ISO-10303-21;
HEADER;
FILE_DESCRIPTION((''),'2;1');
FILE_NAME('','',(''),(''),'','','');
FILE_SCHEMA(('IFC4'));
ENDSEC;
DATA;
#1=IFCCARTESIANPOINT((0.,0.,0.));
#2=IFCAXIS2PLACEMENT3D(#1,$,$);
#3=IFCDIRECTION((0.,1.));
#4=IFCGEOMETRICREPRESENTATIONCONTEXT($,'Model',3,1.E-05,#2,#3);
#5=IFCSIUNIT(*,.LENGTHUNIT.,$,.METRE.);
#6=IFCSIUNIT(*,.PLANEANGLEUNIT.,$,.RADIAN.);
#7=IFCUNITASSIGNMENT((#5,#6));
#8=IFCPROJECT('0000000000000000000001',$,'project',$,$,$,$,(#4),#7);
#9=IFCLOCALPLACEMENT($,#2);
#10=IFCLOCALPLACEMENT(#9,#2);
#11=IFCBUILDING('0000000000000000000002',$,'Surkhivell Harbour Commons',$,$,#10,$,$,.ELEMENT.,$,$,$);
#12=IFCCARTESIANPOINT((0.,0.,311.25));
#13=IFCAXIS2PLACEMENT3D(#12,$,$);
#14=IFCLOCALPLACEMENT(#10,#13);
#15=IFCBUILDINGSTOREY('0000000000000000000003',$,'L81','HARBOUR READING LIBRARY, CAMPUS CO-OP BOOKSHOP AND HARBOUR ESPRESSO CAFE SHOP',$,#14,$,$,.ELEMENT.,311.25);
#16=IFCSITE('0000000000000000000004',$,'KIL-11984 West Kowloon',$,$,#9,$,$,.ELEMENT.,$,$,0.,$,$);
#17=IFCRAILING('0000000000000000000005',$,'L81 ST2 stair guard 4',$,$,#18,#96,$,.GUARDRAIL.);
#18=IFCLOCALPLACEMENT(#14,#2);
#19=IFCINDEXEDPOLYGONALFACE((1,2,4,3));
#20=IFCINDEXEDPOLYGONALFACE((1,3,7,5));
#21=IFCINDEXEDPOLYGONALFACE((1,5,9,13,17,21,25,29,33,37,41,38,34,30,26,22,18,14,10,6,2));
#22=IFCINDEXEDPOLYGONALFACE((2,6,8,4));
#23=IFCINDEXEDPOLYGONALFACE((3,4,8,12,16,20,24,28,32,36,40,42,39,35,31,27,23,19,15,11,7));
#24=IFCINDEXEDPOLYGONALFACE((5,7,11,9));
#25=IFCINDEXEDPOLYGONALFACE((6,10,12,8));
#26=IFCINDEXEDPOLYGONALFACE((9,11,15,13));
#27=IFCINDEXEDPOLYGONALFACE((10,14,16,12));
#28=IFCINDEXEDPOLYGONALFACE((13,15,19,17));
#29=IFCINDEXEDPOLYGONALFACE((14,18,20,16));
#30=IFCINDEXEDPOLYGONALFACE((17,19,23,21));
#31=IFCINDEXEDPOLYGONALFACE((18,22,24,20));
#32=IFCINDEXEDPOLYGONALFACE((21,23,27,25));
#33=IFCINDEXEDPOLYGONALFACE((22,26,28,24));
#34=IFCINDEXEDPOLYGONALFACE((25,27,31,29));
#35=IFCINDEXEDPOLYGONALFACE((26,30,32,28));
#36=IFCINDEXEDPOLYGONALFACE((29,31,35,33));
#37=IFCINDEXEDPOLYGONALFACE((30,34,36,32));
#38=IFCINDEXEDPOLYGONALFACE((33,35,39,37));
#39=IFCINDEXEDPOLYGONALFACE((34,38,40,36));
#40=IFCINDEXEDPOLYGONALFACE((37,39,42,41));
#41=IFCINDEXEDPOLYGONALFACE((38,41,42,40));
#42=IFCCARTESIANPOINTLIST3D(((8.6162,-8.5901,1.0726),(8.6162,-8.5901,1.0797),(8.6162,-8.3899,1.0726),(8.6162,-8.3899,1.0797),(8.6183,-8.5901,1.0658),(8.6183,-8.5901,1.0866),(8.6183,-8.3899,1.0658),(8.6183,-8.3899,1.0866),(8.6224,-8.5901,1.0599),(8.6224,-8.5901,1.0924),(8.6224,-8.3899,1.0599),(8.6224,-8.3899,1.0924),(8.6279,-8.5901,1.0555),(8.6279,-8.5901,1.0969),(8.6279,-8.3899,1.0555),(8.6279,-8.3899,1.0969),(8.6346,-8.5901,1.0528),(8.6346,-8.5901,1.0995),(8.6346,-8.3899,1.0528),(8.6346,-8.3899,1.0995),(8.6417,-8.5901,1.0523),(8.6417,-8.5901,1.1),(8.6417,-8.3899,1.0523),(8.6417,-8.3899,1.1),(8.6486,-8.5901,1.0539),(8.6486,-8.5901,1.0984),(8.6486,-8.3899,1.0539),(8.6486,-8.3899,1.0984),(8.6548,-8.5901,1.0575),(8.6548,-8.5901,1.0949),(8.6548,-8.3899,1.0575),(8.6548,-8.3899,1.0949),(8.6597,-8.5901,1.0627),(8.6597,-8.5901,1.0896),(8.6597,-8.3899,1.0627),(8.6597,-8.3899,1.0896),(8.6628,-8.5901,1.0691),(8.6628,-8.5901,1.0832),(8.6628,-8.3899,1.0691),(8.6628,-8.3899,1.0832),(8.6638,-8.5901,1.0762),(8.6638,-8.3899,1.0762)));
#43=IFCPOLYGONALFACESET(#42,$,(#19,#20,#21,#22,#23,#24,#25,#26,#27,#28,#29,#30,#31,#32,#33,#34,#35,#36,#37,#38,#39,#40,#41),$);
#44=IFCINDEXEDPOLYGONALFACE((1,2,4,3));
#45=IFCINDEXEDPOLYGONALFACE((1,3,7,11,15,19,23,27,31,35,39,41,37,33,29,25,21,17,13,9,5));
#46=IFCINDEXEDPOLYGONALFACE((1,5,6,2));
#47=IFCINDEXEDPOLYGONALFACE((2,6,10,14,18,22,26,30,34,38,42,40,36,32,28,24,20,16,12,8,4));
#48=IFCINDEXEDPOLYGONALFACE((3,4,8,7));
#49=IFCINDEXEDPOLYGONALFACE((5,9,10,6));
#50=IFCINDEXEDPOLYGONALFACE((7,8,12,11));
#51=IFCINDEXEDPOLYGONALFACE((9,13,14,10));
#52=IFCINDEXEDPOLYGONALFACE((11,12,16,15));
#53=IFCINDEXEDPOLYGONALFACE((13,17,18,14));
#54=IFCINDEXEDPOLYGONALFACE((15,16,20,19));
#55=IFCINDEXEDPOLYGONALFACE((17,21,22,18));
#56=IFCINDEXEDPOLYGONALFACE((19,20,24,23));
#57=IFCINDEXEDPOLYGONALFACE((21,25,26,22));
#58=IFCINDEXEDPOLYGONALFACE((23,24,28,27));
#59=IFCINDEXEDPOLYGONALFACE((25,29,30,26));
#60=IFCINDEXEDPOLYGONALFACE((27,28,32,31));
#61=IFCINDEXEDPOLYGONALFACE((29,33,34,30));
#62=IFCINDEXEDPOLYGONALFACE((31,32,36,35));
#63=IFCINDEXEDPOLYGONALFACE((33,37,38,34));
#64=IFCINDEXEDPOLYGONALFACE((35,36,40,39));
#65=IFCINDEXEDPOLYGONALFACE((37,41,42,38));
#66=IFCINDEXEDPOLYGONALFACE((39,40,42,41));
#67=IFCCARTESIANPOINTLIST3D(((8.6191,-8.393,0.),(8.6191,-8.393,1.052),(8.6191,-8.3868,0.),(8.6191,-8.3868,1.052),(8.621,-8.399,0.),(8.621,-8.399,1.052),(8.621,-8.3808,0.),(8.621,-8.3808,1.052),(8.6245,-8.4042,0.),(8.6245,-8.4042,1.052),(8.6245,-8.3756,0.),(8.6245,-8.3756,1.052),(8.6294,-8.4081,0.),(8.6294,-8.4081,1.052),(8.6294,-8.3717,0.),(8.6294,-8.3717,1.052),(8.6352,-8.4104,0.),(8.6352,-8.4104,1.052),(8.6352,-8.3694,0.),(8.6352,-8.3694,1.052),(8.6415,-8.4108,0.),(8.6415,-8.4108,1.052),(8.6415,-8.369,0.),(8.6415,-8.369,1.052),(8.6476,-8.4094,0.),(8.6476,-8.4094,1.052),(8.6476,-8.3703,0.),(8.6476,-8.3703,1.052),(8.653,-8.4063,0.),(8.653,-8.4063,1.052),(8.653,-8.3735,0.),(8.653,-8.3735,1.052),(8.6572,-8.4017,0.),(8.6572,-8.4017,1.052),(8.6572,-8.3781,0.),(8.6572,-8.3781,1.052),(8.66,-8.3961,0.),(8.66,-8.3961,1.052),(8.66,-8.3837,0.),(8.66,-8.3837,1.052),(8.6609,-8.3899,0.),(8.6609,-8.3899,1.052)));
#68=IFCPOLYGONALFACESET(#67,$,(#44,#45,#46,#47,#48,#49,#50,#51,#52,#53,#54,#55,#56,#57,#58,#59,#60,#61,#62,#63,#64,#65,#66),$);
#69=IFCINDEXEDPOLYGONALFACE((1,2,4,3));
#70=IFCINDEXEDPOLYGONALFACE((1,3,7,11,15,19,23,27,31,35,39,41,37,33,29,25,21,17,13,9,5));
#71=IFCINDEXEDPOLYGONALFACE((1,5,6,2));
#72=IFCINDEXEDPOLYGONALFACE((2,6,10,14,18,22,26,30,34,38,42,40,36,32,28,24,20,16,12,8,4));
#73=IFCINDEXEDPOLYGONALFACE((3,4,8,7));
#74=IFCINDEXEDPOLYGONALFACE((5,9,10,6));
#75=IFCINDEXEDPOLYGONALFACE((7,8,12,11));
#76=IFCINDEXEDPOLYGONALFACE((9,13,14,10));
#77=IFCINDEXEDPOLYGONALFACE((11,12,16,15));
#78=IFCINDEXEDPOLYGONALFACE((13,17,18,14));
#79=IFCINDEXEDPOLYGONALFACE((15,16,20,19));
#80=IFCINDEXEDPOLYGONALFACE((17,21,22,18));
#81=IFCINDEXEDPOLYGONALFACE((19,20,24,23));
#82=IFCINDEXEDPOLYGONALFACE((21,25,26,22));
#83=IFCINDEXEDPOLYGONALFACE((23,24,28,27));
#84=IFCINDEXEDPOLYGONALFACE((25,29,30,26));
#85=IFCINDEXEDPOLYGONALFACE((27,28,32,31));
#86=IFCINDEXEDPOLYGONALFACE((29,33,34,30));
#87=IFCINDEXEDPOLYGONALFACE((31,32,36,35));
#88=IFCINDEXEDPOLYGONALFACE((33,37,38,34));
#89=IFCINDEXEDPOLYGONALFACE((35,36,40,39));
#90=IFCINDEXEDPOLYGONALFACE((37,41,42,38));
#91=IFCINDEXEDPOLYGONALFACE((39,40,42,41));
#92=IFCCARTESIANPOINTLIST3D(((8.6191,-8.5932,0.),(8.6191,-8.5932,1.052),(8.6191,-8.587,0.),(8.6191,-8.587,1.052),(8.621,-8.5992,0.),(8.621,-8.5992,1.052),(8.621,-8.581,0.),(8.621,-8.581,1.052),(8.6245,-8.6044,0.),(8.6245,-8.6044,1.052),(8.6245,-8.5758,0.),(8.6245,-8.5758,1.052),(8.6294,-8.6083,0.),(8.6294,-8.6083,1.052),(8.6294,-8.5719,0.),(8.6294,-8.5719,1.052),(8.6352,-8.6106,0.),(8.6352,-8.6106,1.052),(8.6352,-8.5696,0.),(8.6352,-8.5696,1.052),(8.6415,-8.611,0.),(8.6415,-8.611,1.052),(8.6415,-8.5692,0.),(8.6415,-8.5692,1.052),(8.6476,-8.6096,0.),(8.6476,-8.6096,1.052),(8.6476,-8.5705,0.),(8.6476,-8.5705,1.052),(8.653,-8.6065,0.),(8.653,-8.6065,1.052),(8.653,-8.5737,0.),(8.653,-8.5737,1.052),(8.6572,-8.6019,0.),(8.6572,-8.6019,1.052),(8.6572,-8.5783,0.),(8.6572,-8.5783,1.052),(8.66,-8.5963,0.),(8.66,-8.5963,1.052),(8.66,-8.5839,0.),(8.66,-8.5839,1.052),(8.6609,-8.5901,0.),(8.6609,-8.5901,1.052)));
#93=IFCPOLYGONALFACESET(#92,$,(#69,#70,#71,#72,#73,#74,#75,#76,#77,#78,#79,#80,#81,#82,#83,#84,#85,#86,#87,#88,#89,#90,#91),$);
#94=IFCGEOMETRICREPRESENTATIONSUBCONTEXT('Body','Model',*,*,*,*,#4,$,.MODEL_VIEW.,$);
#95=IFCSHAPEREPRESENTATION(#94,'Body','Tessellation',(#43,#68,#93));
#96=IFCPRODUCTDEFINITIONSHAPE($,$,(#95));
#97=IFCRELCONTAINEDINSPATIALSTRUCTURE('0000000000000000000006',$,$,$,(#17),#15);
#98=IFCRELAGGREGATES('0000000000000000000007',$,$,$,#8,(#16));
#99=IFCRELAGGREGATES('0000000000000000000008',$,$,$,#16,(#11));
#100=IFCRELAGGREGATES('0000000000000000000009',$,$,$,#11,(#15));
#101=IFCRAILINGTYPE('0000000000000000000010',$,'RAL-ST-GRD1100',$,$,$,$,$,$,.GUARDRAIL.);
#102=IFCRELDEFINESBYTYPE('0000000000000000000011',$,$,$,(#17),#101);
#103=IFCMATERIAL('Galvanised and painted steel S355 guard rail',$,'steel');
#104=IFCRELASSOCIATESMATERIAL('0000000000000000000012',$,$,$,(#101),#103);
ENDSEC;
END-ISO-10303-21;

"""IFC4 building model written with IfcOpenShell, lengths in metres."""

from ifc_helpers import new_model, si_unit, direction, frame, origin, origin_2d, place, context, subcontext, project, spatial, circle, extrude, material, type_object, element, save


model = new_model("IFC4")

# Units and contexts
model_context = context("Model", 3, precision=1e-05, world=origin(), true_north=direction((0.0, 1.0)))
body_context = subcontext(model_context, "Body", "Model", "MODEL_VIEW")
ifc_project = project(units=[si_unit("LENGTHUNIT", "METRE"), si_unit("PLANEANGLEUNIT", "RADIAN")], contexts=[model_context])

# Site, building, storey
site_placement = place(None, origin())
site = spatial("IfcSite", under=ifc_project, at=site_placement, Name="KIL-11984 West Kowloon", CompositionType="ELEMENT", RefElevation=0.0)
building_placement = place(site_placement, origin())
building = spatial("IfcBuilding", under=site, at=building_placement, Name="Surkhivell Harbour Commons", CompositionType="ELEMENT")
storey_placement = place(building_placement, frame((0.0, 0.0, 311.25)))
storey = spatial("IfcBuildingStorey", under=building, at=storey_placement, Name="L81", Description="HARBOUR READING LIBRARY, CAMPUS CO-OP BOOKSHOP AND HARBOUR ESPRESSO CAFE SHOP", CompositionType="ELEMENT", Elevation=311.25)

# Railing
ifc_material_1 = material(Name="Galvanised and painted steel S355 guard rail", Category="steel")
railing_type_1 = type_object("IfcRailingType", Name="RAL-ST-GRD1100", PredefinedType="GUARDRAIL", material=ifc_material_1)
railing_1_placement = place(storey_placement, frame((8.6399, -8.3899, 0.0)))
element("IfcRailing", 1, at=railing_1_placement, inside=storey, type_object=railing_type_1, Name="L81 ST2 stair guard 4", PredefinedType="GUARDRAIL", context=body_context, shape_type="SweptSolid", body=[
    extrude(circle(Radius=0.0239, at=origin_2d()), frame((0.0, 0.0, 1.0762), z_axis=(0.0, -1.0, 0.0), x_axis=(1.0, 0.0, 0.0)), (0.0, 0.0, 1.0), 0.2002),
    extrude(circle(Radius=0.021, at=origin_2d()), origin(), (0.0, 0.0, 1.0), 1.052),
    extrude(circle(Radius=0.021, at=origin_2d()), frame((0.0, -0.2002, 0.0)), (0.0, 0.0, 1.0), 1.052),
])

save(model, "model.ifc")
